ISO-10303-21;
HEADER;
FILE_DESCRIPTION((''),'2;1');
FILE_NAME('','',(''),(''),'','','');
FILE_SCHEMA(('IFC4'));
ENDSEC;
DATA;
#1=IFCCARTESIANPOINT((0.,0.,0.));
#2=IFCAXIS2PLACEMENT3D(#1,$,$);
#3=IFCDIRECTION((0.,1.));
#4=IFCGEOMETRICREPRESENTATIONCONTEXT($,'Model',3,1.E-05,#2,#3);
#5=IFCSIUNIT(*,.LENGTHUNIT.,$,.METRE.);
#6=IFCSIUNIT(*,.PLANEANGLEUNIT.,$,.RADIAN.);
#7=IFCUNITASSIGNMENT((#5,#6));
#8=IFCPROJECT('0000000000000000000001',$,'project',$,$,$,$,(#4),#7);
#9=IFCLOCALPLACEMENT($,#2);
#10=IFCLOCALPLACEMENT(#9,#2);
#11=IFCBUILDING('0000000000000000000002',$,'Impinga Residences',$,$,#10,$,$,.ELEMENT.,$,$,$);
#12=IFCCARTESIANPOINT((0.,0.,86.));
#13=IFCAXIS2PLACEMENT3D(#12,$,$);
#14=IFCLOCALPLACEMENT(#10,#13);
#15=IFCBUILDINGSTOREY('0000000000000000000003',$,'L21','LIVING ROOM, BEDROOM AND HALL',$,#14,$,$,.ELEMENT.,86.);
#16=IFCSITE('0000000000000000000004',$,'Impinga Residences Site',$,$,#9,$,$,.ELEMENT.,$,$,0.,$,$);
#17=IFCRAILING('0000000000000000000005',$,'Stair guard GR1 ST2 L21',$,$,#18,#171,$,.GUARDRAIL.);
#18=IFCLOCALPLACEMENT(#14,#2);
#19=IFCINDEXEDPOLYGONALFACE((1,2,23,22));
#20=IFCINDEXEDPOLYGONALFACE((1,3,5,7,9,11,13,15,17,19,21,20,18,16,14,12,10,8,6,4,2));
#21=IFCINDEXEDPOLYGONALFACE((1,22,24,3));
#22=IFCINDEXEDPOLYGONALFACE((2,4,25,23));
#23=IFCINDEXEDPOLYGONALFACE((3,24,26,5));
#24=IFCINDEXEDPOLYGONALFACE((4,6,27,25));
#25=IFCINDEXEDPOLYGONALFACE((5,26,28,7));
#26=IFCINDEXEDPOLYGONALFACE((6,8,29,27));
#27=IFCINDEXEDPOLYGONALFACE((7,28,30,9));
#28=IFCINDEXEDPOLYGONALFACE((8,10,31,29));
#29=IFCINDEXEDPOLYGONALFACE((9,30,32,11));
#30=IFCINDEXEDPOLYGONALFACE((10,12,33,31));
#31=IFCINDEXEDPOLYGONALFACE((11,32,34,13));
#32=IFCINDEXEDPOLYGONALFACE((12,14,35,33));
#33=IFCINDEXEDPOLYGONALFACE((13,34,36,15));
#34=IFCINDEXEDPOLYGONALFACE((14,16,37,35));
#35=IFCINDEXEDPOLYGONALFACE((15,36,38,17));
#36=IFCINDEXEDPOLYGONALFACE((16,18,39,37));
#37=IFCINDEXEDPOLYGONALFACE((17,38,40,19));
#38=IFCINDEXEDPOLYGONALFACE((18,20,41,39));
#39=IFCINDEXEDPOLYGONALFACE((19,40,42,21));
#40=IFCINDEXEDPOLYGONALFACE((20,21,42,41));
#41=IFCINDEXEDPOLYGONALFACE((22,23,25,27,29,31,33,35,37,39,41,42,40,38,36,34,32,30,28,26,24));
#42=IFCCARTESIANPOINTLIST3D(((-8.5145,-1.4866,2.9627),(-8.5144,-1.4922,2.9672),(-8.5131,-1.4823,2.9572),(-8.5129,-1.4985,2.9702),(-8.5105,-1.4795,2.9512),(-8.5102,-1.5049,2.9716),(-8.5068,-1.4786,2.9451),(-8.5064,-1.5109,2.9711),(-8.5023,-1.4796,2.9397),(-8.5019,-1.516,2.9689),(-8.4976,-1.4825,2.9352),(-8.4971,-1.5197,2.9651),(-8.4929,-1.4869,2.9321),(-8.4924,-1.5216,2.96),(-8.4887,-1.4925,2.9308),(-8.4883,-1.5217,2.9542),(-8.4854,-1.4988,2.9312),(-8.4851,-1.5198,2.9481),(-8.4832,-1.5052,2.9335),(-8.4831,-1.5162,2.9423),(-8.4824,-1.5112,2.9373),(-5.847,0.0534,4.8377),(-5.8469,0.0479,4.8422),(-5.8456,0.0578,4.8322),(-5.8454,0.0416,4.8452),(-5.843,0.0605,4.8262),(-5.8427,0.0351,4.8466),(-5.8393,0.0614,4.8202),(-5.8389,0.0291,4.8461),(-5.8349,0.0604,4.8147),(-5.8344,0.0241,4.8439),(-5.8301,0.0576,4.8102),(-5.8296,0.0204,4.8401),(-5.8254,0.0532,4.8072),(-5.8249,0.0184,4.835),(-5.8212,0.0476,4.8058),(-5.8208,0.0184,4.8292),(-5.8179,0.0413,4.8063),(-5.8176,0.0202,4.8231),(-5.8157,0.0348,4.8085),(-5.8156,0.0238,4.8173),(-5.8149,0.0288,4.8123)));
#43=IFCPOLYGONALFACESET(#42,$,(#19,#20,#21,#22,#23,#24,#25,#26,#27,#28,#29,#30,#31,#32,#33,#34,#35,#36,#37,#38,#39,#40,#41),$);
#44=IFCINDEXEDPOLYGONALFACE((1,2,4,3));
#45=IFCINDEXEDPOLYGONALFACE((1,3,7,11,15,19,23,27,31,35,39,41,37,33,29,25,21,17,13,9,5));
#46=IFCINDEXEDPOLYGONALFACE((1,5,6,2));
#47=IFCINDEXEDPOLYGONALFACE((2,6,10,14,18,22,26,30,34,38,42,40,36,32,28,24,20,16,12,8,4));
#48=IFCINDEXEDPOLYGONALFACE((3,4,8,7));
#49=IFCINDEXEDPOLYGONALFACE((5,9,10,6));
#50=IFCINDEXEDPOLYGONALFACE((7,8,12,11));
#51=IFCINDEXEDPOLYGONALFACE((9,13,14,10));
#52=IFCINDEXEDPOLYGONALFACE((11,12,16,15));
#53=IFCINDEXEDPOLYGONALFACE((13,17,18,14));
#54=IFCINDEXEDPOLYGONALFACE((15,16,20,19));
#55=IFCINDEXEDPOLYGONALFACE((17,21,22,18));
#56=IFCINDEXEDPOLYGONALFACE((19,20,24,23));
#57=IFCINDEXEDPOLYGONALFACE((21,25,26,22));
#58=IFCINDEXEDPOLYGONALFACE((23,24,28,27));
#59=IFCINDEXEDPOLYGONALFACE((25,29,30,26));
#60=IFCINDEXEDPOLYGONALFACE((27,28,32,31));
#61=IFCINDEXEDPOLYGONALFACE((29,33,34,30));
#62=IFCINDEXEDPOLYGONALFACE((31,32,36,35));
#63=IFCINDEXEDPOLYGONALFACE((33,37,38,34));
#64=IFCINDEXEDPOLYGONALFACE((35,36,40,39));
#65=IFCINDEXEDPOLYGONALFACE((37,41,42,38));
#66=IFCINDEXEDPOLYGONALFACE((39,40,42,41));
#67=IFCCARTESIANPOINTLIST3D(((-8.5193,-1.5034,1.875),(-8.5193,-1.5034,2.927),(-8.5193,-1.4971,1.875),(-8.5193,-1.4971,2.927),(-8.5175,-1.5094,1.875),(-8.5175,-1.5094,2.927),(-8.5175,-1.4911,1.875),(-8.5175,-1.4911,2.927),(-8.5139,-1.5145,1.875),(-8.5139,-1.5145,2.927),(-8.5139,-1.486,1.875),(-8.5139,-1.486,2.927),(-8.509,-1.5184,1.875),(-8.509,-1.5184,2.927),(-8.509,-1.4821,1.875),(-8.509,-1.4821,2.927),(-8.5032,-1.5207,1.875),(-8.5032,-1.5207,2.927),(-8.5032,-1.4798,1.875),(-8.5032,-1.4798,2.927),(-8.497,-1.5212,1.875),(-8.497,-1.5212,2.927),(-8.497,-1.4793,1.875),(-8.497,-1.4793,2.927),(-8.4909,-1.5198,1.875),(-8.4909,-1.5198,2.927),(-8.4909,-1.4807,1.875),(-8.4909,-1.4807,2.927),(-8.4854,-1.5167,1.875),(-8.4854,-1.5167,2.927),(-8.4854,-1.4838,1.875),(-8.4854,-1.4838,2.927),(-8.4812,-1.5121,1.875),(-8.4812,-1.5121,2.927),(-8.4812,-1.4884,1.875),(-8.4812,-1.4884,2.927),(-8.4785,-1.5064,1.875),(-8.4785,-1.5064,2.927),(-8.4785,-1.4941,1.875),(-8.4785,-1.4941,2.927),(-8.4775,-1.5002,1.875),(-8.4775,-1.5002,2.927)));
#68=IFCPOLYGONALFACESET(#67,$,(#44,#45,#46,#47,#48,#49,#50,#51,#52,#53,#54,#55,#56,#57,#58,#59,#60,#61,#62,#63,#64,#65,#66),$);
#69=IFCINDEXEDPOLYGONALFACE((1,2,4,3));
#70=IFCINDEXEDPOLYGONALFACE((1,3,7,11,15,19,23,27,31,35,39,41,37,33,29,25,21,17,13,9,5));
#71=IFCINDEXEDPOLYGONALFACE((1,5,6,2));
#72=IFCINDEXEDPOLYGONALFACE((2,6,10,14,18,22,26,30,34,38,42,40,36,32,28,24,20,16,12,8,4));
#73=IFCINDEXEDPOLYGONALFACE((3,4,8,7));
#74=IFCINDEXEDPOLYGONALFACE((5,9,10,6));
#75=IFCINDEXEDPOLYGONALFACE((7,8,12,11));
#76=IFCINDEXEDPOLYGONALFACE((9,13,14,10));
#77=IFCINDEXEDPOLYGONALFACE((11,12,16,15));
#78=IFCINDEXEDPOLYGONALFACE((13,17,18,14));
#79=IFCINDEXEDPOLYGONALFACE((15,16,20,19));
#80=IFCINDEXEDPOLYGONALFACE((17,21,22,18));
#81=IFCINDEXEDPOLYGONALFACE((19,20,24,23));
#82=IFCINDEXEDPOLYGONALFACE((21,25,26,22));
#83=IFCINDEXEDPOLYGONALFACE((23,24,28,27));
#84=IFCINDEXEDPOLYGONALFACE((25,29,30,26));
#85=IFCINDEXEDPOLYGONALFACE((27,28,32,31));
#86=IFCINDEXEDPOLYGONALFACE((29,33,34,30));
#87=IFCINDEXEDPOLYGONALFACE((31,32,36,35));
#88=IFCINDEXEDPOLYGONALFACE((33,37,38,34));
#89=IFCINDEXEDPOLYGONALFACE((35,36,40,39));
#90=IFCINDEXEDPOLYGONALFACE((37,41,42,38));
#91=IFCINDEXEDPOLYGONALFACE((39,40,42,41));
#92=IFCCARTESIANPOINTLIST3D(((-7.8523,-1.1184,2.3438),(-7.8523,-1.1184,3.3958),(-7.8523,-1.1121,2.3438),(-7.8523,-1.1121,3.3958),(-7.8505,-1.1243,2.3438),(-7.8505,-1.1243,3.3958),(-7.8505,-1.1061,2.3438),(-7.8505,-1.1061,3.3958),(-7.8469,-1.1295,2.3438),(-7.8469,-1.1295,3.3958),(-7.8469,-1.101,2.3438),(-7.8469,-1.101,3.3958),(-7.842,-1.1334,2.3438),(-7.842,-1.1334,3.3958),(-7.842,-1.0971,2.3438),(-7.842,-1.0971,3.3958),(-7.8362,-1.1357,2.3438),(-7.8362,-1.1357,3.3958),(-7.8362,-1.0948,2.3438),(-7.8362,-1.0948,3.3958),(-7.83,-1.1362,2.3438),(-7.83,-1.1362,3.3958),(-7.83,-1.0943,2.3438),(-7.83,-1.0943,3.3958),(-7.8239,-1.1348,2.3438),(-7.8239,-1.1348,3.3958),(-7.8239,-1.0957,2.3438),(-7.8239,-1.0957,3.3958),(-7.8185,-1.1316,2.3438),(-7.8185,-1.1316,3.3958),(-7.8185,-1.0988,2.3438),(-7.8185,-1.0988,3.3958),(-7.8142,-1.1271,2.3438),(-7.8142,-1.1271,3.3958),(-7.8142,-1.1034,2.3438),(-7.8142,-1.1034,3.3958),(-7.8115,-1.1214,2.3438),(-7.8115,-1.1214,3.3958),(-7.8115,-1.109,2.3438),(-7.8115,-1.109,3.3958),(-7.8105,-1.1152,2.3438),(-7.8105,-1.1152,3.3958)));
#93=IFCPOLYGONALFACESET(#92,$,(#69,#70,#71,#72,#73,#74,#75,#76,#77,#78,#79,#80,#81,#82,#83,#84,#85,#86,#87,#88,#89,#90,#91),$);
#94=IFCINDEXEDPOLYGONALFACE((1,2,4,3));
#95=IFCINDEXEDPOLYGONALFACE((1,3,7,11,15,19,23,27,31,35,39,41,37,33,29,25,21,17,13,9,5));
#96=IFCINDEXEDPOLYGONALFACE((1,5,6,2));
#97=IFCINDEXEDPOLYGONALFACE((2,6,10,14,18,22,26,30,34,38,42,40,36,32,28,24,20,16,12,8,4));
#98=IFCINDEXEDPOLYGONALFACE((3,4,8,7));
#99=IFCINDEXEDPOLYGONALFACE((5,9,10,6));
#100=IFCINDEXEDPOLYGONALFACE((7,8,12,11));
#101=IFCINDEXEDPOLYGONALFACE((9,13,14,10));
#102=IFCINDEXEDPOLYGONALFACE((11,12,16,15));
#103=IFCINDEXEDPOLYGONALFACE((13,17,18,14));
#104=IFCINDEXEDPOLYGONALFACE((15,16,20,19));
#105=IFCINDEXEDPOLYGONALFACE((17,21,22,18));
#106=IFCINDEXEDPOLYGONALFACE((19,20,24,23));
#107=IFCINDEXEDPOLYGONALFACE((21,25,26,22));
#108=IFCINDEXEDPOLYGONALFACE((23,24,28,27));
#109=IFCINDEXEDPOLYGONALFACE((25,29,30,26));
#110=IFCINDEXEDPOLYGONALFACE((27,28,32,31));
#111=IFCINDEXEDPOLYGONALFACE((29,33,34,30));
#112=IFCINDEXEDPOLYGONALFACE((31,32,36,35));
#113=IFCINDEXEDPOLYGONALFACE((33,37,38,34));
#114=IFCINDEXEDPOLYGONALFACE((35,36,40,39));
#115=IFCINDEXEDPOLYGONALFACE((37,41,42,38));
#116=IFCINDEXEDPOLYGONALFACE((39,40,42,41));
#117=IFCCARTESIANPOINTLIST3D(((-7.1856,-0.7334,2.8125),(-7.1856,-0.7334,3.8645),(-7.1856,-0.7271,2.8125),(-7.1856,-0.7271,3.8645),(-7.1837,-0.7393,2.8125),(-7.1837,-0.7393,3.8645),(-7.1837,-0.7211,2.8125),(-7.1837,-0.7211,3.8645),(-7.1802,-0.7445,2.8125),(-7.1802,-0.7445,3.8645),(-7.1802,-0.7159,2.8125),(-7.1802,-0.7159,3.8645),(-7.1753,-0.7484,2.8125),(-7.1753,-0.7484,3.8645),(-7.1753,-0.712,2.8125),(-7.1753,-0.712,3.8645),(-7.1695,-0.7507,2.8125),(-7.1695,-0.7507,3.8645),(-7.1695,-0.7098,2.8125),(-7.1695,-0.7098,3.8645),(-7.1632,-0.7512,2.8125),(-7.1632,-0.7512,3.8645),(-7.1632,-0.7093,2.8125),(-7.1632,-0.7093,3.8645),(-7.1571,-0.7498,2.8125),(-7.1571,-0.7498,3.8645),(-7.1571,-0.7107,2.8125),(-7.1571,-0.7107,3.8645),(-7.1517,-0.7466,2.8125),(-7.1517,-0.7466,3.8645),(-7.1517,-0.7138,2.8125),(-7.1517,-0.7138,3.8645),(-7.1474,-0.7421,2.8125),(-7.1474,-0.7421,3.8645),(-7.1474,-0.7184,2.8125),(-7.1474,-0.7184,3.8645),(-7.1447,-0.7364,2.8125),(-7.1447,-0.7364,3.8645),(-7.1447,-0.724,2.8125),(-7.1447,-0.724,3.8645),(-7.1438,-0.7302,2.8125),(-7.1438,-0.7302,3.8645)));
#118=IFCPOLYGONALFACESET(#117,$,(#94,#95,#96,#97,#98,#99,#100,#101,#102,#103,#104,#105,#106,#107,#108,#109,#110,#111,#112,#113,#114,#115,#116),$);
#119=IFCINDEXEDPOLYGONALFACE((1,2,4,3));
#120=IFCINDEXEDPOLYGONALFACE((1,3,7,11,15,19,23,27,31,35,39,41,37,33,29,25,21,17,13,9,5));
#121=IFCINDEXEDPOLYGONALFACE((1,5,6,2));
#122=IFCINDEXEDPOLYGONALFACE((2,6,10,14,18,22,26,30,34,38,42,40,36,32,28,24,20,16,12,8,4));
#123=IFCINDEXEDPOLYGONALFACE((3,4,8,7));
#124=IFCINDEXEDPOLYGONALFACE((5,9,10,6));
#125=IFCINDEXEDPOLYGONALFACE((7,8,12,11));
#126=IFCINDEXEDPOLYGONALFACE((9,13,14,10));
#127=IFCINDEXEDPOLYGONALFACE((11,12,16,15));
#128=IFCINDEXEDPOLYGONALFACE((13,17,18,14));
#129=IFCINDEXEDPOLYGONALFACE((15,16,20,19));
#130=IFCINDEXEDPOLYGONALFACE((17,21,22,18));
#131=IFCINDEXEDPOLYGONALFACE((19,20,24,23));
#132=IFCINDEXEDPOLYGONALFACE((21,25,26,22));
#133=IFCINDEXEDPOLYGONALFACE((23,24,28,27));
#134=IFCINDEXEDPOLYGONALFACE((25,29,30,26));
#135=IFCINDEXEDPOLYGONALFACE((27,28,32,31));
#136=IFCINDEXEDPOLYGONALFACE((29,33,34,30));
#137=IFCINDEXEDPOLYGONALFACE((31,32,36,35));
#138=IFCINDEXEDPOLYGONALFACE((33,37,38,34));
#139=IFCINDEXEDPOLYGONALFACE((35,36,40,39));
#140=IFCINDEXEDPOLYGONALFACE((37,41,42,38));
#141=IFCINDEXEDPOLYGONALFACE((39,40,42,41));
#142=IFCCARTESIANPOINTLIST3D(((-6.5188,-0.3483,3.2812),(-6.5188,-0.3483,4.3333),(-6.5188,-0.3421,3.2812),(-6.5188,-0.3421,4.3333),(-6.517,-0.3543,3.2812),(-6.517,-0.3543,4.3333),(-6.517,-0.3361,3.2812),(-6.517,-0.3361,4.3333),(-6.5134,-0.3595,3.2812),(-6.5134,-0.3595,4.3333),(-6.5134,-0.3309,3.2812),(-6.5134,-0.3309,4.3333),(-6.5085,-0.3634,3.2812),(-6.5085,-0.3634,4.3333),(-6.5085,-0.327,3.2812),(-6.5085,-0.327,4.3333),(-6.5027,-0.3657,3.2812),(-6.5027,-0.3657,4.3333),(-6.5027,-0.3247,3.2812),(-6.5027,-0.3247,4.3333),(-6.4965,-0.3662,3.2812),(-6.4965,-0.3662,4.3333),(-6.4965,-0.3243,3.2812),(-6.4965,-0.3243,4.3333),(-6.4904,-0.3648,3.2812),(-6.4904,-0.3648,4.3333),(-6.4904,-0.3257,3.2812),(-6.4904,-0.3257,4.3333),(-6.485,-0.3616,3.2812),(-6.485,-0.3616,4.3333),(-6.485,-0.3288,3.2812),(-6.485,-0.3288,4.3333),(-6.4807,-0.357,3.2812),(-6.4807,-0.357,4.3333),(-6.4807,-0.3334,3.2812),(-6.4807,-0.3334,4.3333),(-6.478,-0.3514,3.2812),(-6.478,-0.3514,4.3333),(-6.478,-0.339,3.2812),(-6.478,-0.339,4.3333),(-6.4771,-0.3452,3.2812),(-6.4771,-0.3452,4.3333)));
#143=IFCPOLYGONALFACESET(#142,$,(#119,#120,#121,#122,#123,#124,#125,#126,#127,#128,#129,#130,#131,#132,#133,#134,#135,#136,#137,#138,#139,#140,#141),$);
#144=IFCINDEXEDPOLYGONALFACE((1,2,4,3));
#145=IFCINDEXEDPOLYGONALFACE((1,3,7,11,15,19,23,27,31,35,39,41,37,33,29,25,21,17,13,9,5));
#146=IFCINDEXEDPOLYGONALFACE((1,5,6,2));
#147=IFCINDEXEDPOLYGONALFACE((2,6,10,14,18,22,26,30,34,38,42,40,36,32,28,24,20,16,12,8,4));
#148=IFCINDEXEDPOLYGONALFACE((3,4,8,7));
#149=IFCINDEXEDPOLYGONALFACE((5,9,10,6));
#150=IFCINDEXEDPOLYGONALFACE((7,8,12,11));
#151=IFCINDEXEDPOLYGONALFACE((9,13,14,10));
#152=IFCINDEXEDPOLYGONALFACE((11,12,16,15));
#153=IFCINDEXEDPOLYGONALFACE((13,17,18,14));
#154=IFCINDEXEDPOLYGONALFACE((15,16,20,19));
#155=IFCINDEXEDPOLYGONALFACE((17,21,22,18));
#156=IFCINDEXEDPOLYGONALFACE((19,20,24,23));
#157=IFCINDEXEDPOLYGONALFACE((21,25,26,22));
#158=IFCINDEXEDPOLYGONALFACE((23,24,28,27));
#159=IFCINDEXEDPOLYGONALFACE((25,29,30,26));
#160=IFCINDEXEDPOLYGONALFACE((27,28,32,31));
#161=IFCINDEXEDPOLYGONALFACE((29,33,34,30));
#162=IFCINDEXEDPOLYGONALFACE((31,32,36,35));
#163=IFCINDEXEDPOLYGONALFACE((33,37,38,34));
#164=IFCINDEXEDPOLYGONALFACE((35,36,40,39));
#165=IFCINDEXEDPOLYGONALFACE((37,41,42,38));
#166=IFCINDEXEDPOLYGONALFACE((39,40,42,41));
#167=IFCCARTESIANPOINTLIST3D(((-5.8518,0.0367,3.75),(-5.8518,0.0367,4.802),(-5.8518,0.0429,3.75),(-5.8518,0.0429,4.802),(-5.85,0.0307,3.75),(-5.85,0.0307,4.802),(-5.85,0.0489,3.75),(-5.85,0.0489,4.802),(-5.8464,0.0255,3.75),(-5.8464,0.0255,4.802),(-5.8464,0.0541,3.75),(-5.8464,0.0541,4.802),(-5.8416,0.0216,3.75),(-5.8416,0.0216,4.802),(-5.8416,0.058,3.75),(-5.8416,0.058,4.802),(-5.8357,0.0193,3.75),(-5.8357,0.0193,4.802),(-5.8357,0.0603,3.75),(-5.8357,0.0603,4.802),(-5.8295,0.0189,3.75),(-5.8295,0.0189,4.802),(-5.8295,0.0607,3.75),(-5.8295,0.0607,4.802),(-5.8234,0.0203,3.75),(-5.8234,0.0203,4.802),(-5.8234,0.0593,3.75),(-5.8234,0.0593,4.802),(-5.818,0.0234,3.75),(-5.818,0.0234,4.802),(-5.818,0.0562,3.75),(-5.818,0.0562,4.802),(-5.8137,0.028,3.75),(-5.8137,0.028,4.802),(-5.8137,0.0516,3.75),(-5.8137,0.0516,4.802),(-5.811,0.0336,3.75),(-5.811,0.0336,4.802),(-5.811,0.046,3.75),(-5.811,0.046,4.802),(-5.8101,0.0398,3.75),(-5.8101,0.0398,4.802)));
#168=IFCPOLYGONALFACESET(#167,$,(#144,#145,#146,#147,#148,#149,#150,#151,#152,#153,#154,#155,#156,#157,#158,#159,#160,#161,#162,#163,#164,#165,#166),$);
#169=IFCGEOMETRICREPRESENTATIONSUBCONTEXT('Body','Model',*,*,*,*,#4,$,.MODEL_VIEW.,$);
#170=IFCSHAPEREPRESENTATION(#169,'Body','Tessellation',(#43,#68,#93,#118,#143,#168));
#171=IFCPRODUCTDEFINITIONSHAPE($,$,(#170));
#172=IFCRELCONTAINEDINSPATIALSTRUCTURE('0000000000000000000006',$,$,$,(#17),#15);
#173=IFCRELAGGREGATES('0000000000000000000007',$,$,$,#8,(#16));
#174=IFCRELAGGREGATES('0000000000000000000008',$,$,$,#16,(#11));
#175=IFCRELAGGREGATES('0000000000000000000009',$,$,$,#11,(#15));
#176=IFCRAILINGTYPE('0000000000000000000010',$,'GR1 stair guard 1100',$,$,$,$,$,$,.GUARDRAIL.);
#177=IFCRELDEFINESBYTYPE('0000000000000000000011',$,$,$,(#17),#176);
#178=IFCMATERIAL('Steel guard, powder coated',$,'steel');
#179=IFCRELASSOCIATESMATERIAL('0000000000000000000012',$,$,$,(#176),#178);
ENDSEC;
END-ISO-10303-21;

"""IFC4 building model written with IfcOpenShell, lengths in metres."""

from ifc_helpers import new_model, si_unit, direction, frame, origin, origin_2d, place, context, subcontext, project, spatial, circle, extrude, material, type_object, element, save


model = new_model("IFC4")

# Units and contexts
model_context = context("Model", 3, precision=1e-05, world=origin(), true_north=direction((0.0, 1.0)))
body_context = subcontext(model_context, "Body", "Model", "MODEL_VIEW")
ifc_project = project(units=[si_unit("LENGTHUNIT", "METRE"), si_unit("PLANEANGLEUNIT", "RADIAN")], contexts=[model_context])

# Site, building, storey
site_placement = place(None, origin())
site = spatial("IfcSite", under=ifc_project, at=site_placement, Name="Impinga Residences Site", CompositionType="ELEMENT", RefElevation=0.0)
building_placement = place(site_placement, origin())
building = spatial("IfcBuilding", under=site, at=building_placement, Name="Impinga Residences", CompositionType="ELEMENT")
storey_placement = place(building_placement, frame((0.0, 0.0, 86.0)))
storey = spatial("IfcBuildingStorey", under=building, at=storey_placement, Name="L21", Description="LIVING ROOM, BEDROOM AND HALL", CompositionType="ELEMENT", Elevation=86.0)

# Railing
ifc_material_1 = material(Name="Steel guard, powder coated", Category="steel")
railing_type = type_object("IfcRailingType", Name="GR1 stair guard 1100", PredefinedType="GUARDRAIL", material=ifc_material_1)
railing_placement = place(storey_placement, frame((-8.4985, -1.5002, 1.875)))
element("IfcRailing", 1, at=railing_placement, inside=storey, type_object=railing_type, Name="Stair guard GR1 ST2 L21", PredefinedType="GUARDRAIL", context=body_context, shape_type="SweptSolid", body=[
    extrude(circle(Radius=0.0239, at=origin_2d()), frame((0.0, 0.0, 1.0762), z_axis=(0.739746, 0.427084, 0.519975), x_axis=(-0.499992, 0.86603, 0.0)), (0.0, 0.0, 1.0), 3.606),
    extrude(circle(Radius=0.021, at=origin_2d()), origin(), (0.0, 0.0, 1.0), 1.052),
    extrude(circle(Radius=0.021, at=origin_2d()), frame((0.667, 0.385, 0.4688)), (0.0, 0.0, 1.0), 1.052),
    extrude(circle(Radius=0.021, at=origin_2d()), frame((1.3337, 0.77, 0.9375)), (0.0, 0.0, 1.0), 1.052),
    extrude(circle(Radius=0.021, at=origin_2d()), frame((2.0005, 1.155, 1.4062)), (0.0, 0.0, 1.0), 1.052),
    extrude(circle(Radius=0.021, at=origin_2d()), frame((2.6675, 1.54, 1.875)), (0.0, 0.0, 1.0), 1.052),
])

save(model, "model.ifc")
